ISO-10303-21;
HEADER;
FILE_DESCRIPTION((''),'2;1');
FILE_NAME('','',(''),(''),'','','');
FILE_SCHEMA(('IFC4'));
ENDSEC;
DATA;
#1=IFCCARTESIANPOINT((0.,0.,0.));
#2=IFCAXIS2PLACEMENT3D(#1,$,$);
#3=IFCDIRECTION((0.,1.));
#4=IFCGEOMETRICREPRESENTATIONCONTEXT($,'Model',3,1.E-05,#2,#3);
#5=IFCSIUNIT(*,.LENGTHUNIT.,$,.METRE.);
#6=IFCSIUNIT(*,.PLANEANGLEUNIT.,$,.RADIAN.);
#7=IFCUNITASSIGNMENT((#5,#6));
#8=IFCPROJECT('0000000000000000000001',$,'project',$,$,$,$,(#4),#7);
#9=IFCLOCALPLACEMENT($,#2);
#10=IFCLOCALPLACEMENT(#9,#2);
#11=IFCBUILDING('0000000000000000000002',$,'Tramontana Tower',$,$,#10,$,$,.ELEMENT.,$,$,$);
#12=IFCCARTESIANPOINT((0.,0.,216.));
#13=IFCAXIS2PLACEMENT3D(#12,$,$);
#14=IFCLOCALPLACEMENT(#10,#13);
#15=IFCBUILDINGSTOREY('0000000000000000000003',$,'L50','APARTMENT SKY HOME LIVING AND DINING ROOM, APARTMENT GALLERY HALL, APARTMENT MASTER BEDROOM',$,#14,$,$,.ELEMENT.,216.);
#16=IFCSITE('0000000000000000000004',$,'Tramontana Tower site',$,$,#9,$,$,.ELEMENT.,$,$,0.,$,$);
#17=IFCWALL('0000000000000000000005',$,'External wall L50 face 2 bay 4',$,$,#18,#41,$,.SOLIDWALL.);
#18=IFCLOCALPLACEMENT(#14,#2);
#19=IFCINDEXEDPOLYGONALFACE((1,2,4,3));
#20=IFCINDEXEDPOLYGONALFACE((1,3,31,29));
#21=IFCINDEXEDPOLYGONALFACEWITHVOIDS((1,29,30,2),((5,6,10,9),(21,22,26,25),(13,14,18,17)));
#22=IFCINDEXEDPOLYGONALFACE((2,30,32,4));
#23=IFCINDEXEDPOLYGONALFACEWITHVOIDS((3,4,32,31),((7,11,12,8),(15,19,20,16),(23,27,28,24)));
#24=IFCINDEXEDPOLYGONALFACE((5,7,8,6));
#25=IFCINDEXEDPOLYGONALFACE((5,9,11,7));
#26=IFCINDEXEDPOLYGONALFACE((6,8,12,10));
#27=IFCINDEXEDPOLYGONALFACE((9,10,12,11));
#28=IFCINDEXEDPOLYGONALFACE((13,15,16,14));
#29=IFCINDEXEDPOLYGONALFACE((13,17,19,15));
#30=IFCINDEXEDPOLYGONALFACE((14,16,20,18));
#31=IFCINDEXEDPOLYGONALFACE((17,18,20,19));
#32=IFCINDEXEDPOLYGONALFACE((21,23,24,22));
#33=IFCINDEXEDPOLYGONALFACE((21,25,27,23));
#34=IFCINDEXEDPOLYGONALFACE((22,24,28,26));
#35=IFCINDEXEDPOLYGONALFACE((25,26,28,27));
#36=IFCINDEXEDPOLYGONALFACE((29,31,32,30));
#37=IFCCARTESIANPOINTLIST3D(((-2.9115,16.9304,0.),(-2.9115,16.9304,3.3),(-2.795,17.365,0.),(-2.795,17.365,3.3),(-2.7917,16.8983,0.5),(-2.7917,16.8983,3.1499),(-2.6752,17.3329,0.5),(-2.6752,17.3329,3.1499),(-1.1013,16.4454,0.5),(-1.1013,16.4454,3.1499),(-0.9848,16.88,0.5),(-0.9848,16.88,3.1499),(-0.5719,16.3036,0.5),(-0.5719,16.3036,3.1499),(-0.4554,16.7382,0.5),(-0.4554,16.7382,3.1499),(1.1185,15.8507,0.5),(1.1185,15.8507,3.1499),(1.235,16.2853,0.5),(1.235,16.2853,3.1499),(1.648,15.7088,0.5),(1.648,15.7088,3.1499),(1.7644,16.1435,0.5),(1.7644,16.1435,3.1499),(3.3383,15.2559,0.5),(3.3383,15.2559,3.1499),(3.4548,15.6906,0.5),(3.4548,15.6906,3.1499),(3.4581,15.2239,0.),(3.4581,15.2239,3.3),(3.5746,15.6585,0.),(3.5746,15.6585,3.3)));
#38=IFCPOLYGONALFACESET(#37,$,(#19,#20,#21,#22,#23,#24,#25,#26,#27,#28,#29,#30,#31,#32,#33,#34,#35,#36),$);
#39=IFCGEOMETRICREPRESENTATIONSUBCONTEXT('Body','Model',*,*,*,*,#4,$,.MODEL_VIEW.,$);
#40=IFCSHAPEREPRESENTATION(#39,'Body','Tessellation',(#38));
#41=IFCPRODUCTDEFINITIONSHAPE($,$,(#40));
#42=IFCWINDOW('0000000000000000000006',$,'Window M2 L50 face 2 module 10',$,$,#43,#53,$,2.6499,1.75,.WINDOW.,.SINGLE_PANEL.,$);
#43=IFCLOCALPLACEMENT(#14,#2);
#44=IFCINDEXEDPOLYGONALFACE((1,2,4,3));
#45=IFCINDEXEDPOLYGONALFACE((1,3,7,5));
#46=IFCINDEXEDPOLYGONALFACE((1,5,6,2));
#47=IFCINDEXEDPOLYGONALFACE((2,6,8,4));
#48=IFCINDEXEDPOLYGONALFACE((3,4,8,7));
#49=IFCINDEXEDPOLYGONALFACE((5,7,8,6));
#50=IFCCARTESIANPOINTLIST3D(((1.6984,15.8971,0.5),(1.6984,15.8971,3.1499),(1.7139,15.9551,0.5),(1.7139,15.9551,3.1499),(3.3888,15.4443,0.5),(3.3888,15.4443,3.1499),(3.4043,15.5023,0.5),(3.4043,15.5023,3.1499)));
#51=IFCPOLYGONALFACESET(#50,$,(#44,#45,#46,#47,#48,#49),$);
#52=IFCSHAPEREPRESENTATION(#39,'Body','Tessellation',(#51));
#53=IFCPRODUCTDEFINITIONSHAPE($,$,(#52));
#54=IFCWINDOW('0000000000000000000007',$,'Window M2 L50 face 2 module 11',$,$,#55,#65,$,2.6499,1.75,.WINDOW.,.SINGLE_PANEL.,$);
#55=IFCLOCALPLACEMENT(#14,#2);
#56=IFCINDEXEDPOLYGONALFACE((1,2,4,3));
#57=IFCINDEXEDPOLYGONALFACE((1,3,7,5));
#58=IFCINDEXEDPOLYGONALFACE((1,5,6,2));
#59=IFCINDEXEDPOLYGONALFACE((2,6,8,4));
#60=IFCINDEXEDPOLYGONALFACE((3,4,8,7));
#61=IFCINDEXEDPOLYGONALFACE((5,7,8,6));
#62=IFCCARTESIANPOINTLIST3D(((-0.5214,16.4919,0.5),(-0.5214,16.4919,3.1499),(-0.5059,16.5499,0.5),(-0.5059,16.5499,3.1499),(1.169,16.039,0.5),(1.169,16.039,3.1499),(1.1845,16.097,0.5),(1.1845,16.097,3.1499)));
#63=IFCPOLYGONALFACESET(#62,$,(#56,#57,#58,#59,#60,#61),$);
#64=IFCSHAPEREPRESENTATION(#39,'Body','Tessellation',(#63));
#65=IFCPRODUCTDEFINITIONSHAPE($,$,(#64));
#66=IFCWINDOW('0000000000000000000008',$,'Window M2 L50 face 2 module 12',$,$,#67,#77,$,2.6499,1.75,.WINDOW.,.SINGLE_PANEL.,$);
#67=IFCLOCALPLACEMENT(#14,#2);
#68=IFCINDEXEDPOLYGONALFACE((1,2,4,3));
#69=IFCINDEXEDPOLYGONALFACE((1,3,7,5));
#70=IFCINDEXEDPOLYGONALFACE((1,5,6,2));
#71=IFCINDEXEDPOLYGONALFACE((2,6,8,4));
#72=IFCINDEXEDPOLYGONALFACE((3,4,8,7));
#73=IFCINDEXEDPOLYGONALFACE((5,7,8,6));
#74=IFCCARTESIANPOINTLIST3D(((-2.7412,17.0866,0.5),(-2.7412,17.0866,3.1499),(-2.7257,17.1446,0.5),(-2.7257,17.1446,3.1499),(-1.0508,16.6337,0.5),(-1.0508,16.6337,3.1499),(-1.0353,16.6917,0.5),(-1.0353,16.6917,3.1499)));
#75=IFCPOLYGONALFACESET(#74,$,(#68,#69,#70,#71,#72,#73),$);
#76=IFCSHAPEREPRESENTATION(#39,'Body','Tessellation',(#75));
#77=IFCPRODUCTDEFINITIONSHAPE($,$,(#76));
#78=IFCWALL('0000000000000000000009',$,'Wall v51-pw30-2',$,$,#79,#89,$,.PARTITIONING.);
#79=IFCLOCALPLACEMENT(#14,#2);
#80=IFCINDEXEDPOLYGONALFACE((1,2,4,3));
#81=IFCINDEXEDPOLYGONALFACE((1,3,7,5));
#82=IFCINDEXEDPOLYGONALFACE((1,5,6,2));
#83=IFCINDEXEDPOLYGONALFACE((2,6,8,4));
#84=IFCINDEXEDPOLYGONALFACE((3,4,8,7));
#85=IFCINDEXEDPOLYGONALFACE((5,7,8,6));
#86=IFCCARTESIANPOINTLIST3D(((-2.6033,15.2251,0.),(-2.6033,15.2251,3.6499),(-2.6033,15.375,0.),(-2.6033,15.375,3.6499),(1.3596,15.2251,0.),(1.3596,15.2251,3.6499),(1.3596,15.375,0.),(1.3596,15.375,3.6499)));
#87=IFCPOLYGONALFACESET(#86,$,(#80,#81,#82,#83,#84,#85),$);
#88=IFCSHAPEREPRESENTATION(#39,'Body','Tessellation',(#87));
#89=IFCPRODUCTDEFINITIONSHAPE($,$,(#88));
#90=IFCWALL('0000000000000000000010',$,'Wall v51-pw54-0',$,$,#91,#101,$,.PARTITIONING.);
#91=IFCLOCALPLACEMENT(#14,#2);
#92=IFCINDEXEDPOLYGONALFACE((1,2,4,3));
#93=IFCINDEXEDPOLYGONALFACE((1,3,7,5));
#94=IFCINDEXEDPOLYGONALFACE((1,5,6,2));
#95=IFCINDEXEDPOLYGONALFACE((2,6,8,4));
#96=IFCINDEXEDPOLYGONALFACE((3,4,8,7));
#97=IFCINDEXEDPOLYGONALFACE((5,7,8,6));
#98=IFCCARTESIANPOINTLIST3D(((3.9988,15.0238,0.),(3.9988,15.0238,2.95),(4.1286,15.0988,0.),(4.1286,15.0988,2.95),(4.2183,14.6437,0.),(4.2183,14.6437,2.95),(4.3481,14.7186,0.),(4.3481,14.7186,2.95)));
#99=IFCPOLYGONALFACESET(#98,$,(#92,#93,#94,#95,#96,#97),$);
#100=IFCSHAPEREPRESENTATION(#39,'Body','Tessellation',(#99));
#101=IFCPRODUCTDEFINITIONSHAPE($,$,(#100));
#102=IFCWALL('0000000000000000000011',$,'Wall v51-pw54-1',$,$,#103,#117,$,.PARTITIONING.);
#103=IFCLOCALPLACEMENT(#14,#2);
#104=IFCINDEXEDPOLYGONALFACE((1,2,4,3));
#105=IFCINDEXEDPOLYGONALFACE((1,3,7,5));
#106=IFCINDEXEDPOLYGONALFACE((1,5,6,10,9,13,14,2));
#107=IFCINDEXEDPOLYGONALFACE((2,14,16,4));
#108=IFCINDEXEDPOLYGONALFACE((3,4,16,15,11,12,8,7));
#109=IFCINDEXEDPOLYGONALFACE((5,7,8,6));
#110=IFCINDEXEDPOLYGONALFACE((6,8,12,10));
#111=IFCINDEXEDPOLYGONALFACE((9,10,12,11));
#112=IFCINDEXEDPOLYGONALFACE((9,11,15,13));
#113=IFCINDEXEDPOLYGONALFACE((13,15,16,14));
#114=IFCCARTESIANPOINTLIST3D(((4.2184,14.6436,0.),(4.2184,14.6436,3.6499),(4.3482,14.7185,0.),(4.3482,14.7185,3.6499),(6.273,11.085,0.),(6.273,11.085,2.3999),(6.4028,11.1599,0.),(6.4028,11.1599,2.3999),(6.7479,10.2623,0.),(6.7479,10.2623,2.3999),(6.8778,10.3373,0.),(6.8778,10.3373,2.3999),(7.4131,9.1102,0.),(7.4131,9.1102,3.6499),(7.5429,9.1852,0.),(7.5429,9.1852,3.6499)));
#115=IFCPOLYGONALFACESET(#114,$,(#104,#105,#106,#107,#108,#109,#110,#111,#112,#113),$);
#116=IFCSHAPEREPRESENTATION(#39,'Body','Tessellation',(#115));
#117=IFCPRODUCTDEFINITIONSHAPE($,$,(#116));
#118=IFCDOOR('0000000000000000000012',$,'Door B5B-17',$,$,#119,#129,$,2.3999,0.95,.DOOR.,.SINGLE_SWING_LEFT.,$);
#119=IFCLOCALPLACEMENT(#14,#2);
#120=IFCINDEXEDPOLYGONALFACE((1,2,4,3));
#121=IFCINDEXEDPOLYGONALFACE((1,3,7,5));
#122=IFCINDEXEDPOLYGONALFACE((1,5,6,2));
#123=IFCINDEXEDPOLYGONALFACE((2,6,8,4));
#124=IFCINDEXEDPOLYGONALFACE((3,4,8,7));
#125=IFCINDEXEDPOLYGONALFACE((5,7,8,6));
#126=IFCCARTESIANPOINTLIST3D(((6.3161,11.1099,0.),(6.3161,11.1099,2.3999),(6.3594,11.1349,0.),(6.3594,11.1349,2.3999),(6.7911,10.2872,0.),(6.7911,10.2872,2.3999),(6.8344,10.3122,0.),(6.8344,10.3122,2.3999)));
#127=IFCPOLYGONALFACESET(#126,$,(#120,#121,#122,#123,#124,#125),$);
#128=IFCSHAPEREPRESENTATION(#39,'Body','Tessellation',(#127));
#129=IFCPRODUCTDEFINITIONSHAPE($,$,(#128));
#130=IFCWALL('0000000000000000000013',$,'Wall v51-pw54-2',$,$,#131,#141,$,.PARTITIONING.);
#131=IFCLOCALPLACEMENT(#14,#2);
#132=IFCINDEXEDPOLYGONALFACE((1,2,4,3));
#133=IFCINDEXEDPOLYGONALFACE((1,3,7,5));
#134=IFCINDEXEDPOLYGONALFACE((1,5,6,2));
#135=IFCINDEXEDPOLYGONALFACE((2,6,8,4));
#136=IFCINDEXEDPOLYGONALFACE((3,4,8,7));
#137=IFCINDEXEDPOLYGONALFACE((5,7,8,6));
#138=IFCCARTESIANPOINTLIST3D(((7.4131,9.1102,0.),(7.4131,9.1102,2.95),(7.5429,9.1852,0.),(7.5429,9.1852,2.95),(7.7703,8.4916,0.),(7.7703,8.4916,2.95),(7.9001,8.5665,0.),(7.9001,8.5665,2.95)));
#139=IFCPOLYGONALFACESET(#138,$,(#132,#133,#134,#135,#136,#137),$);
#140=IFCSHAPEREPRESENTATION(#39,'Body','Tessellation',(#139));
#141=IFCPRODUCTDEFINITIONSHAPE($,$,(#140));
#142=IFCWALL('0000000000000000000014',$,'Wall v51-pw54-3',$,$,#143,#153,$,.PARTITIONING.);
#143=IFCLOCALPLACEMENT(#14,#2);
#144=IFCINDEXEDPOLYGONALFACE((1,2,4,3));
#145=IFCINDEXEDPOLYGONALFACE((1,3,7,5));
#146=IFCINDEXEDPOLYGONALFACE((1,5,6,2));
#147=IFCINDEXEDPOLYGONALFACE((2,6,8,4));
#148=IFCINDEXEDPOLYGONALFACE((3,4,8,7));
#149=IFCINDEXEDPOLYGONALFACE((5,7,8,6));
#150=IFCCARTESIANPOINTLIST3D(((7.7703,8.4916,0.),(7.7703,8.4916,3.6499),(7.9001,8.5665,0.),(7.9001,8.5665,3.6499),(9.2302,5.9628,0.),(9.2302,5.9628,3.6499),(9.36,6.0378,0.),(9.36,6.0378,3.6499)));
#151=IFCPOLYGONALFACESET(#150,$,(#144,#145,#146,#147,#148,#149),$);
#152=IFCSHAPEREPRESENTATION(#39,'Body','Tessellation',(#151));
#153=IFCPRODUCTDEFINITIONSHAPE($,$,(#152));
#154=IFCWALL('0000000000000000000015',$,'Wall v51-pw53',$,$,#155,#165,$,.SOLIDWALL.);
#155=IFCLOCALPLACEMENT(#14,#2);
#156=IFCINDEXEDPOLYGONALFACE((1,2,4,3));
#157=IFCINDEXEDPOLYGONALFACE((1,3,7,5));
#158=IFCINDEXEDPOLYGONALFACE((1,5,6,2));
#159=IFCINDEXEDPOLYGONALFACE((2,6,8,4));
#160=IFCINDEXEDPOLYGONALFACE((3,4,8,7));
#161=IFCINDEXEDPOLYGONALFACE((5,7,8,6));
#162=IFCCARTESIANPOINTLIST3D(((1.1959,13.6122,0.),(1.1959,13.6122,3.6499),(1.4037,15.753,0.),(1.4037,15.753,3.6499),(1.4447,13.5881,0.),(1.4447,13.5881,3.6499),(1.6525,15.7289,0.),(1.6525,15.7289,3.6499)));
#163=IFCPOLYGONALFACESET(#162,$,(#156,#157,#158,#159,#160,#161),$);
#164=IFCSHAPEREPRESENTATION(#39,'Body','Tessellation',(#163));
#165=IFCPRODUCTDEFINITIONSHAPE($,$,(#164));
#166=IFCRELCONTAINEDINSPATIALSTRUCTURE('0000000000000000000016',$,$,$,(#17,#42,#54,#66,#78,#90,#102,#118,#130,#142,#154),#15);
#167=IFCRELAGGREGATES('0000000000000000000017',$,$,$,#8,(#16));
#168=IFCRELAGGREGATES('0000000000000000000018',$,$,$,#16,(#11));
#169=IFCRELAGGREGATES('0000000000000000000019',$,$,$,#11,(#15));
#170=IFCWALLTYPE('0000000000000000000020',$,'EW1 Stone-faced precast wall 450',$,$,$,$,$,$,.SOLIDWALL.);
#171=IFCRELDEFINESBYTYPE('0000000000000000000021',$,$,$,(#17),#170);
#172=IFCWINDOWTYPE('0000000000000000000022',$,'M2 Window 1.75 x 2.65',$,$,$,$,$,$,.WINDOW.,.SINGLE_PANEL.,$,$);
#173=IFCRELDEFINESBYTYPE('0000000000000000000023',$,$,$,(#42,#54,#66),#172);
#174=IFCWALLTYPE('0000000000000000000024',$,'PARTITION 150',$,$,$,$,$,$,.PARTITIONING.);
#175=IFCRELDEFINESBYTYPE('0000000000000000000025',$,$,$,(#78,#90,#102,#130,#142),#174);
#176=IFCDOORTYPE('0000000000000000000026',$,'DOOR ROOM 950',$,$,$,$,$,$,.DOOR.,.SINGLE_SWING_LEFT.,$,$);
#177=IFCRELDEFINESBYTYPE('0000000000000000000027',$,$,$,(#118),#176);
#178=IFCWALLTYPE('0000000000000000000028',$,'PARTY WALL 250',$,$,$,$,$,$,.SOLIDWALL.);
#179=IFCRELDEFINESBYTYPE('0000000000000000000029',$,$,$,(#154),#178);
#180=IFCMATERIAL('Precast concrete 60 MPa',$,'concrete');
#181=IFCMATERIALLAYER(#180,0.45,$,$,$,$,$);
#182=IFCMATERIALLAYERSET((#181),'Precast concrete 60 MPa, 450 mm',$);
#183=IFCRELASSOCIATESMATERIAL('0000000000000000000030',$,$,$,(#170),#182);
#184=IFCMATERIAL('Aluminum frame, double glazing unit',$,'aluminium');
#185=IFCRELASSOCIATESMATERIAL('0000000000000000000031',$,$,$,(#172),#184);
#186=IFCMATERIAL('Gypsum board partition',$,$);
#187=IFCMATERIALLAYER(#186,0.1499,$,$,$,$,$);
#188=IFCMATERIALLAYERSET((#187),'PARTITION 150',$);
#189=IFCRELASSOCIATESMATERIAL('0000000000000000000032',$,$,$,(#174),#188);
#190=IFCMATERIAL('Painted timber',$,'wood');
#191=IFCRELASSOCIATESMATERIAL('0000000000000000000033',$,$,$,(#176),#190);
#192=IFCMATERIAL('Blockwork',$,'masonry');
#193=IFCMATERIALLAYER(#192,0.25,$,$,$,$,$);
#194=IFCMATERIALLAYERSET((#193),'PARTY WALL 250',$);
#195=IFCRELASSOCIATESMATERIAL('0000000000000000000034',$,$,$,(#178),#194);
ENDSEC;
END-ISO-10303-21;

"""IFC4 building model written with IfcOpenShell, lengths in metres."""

from ifc_helpers import new_model, si_unit, direction, frame, frame_2d, origin, place, context, subcontext, project, spatial, rectangle, extrude, material, layer, layer_set, type_object, element, fill, save


model = new_model("IFC4")

# Units and contexts
model_context = context("Model", 3, precision=1e-05, world=origin(), true_north=direction((0.0, 1.0)))
body_context = subcontext(model_context, "Body", "Model", "MODEL_VIEW")
ifc_project = project(units=[si_unit("LENGTHUNIT", "METRE"), si_unit("PLANEANGLEUNIT", "RADIAN")], contexts=[model_context])

# Site, building, storey
site_placement = place(None, origin())
site = spatial("IfcSite", under=ifc_project, at=site_placement, Name="Tramontana Tower site", CompositionType="ELEMENT", RefElevation=0.0)
building_placement = place(site_placement, origin())
building = spatial("IfcBuilding", under=site, at=building_placement, Name="Tramontana Tower", CompositionType="ELEMENT")
storey_placement = place(building_placement, frame((0.0, 0.0, 216.0)))
storey = spatial("IfcBuildingStorey", under=building, at=storey_placement, Name="L50", Description="APARTMENT SKY HOME LIVING AND DINING ROOM, APARTMENT GALLERY HALL, APARTMENT MASTER BEDROOM", CompositionType="ELEMENT", Elevation=216.0)

# Wall, openings, windows
ifc_material_1 = material(Name="Precast concrete 60 MPa", Category="concrete")
ifc_layer_1 = layer(ifc_material_1, 0.45)
ifc_layer_set_1 = layer_set([ifc_layer_1], Name="Precast concrete 60 MPa, 450 mm")
wall_type_1 = type_object("IfcWallType", Name="EW1 Stone-faced precast wall 450", PredefinedType="SOLIDWALL", material=ifc_layer_set_1)
wall_1_placement = place(storey_placement, frame((3.5164, 15.4412, 0.0), z_axis=(0.0, 0.0, 1.0), x_axis=(-0.965933, 0.258792, 0.0)))
wall_1 = element("IfcWall", 1, at=wall_1_placement, inside=storey, type_object=wall_type_1, Name="External wall L50 face 2 bay 4", PredefinedType="SOLIDWALL", context=body_context, shape_type="SweptSolid", body=[
    extrude(rectangle(XDim=6.5942, YDim=0.45, at=frame_2d((3.2971, 0.0))), origin(), (0.0, 0.0, 1.0), 3.3),
])
opening_1_placement = place(wall_1_placement, frame((0.124, 0.0, 0.5)))
opening_1 = element("IfcOpeningElement", 2, at=opening_1_placement, cuts=wall_1, PredefinedType="OPENING", context=body_context, shape_type="SweptSolid", body=[
    extrude(rectangle(XDim=1.75, YDim=2.6499, at=frame_2d((0.875, 1.325))), frame((0.0, 0.2349, 0.0), z_axis=(0.0, -1.0, 0.0), x_axis=(1.0, 0.0, 0.0)), (0.0, 0.0, 1.0), 0.47),
])
opening_2_placement = place(wall_1_placement, frame((2.4221, 0.0, 0.5)))
opening_2 = element("IfcOpeningElement", 3, at=opening_2_placement, cuts=wall_1, PredefinedType="OPENING", context=body_context, shape_type="SweptSolid", body=[
    extrude(rectangle(XDim=1.75, YDim=2.6499, at=frame_2d((0.875, 1.325))), frame((0.0, 0.2349, 0.0), z_axis=(0.0, -1.0, 0.0), x_axis=(1.0, 0.0, 0.0)), (0.0, 0.0, 1.0), 0.47),
])
opening_3_placement = place(wall_1_placement, frame((4.7202, 0.0, 0.5)))
opening_3 = element("IfcOpeningElement", 4, at=opening_3_placement, cuts=wall_1, PredefinedType="OPENING", context=body_context, shape_type="SweptSolid", body=[
    extrude(rectangle(XDim=1.75, YDim=2.6499, at=frame_2d((0.875, 1.325))), frame((0.0, 0.2349, 0.0), z_axis=(0.0, -1.0, 0.0), x_axis=(1.0, 0.0, 0.0)), (0.0, 0.0, 1.0), 0.47),
])
ifc_material_2 = material(Name="Aluminum frame, double glazing unit", Category="aluminium")
window_type = type_object("IfcWindowType", Name="M2 Window 1.75 x 2.65", PartitioningType="SINGLE_PANEL", PredefinedType="WINDOW", material=ifc_material_2)
window_1_placement = place(opening_1_placement, origin())
window_1 = element("IfcWindow", 5, at=window_1_placement, inside=storey, type_object=window_type, Name="Window M2 L50 face 2 module 10", OverallHeight=2.6499, OverallWidth=1.75, PartitioningType="SINGLE_PANEL", PredefinedType="WINDOW", context=body_context, shape_type="SweptSolid", body=[
    extrude(rectangle(XDim=1.75, YDim=2.6499, at=frame_2d((0.875, 1.325))), frame((0.0, 0.03, 0.0), z_axis=(0.0, -1.0, 0.0), x_axis=(1.0, 0.0, 0.0)), (0.0, 0.0, 1.0), 0.0601),
])
fill(opening_1, window_1)
window_2_placement = place(opening_2_placement, origin())
window_2 = element("IfcWindow", 6, at=window_2_placement, inside=storey, type_object=window_type, Name="Window M2 L50 face 2 module 11", OverallHeight=2.6499, OverallWidth=1.75, PartitioningType="SINGLE_PANEL", PredefinedType="WINDOW", context=body_context, shape_type="SweptSolid", body=[
    extrude(rectangle(XDim=1.75, YDim=2.6499, at=frame_2d((0.875, 1.325))), frame((0.0, 0.03, 0.0), z_axis=(0.0, -1.0, 0.0), x_axis=(1.0, 0.0, 0.0)), (0.0, 0.0, 1.0), 0.0601),
])
fill(opening_2, window_2)
window_3_placement = place(opening_3_placement, origin())
window_3 = element("IfcWindow", 7, at=window_3_placement, inside=storey, type_object=window_type, Name="Window M2 L50 face 2 module 12", OverallHeight=2.6499, OverallWidth=1.75, PartitioningType="SINGLE_PANEL", PredefinedType="WINDOW", context=body_context, shape_type="SweptSolid", body=[
    extrude(rectangle(XDim=1.75, YDim=2.6499, at=frame_2d((0.875, 1.325))), frame((0.0, 0.03, 0.0), z_axis=(0.0, -1.0, 0.0), x_axis=(1.0, 0.0, 0.0)), (0.0, 0.0, 1.0), 0.0601),
])
fill(opening_3, window_3)

# Walls
ifc_material_3 = material(Name="Gypsum board partition")
ifc_layer_2 = layer(ifc_material_3, 0.1499)
ifc_layer_set_2 = layer_set([ifc_layer_2], Name="PARTITION 150")
wall_type_2 = type_object("IfcWallType", Name="PARTITION 150", PredefinedType="PARTITIONING", material=ifc_layer_set_2)
wall_2_placement = place(storey_placement, frame((-2.6033, 15.3, 0.0), z_axis=(0.0, 0.0, 1.0), x_axis=(1.0, 0.0, 0.0)))
element("IfcWall", 8, at=wall_2_placement, inside=storey, type_object=wall_type_2, Name="Wall v51-pw30-2", PredefinedType="PARTITIONING", context=body_context, shape_type="SweptSolid", body=[
    extrude(rectangle(XDim=3.9629, YDim=0.1499, at=frame_2d((1.9814, 0.0))), origin(), (0.0, 0.0, 1.0), 3.6499),
])
wall_3_placement = place(storey_placement, frame((4.0637, 15.0613, 0.0), z_axis=(0.0, 0.0, 1.0), x_axis=(0.500027, -0.86601, 0.0)))
element("IfcWall", 9, at=wall_3_placement, inside=storey, type_object=wall_type_2, Name="Wall v51-pw54-0", PredefinedType="PARTITIONING", context=body_context, shape_type="SweptSolid", body=[
    extrude(rectangle(XDim=0.439, YDim=0.1499, at=frame_2d((0.2195, 0.0))), origin(), (0.0, 0.0, 1.0), 2.95),
])

# Wall, opening, door
wall_4_placement = place(storey_placement, frame((4.2832, 14.6812, 0.0), z_axis=(0.0, 0.0, 1.0), x_axis=(0.50001, -0.86602, 0.0)))
wall_4 = element("IfcWall", 10, at=wall_4_placement, inside=storey, type_object=wall_type_2, Name="Wall v51-pw54-1", PredefinedType="PARTITIONING", context=body_context, shape_type="SweptSolid", body=[
    extrude(rectangle(XDim=6.3894, YDim=0.1499, at=frame_2d((3.1948, 0.0))), origin(), (0.0, 0.0, 1.0), 3.6499),
])
opening_4_placement = place(wall_4_placement, frame((4.1091, 0.0, 0.0)))
opening_4 = element("IfcOpeningElement", 11, at=opening_4_placement, cuts=wall_4, PredefinedType="OPENING", context=body_context, shape_type="SweptSolid", body=[
    extrude(rectangle(XDim=0.95, YDim=2.3999, at=frame_2d((0.4751, 1.2))), frame((0.0, 0.085, 0.0), z_axis=(0.0, -1.0, 0.0), x_axis=(1.0, 0.0, 0.0)), (0.0, 0.0, 1.0), 0.1699),
])
ifc_material_4 = material(Name="Painted timber", Category="wood")
door_type_1 = type_object("IfcDoorType", Name="DOOR ROOM 950", OperationType="SINGLE_SWING_LEFT", PredefinedType="DOOR", material=ifc_material_4)
door_1_placement = place(opening_4_placement, origin())
door_1 = element("IfcDoor", 12, at=door_1_placement, inside=storey, type_object=door_type_1, Name="Door B5B-17", OperationType="SINGLE_SWING_LEFT", OverallHeight=2.3999, OverallWidth=0.95, PredefinedType="DOOR", context=body_context, shape_type="SweptSolid", body=[
    extrude(rectangle(XDim=0.95, YDim=2.3999, at=frame_2d((0.4751, 1.2))), frame((0.0, 0.0249, 0.0), z_axis=(0.0, -1.0, 0.0), x_axis=(1.0, 0.0, 0.0)), (0.0, 0.0, 1.0), 0.05),
])
fill(opening_4, door_1)

# Walls
wall_5_placement = place(storey_placement, frame((7.478, 9.1477, 0.0), z_axis=(0.0, 0.0, 1.0), x_axis=(0.499999, -0.866026, 0.0)))
element("IfcWall", 13, at=wall_5_placement, inside=storey, type_object=wall_type_2, Name="Wall v51-pw54-2", PredefinedType="PARTITIONING", context=body_context, shape_type="SweptSolid", body=[
    extrude(rectangle(XDim=0.7144, YDim=0.1499, at=frame_2d((0.3572, 0.0))), origin(), (0.0, 0.0, 1.0), 2.95),
])
wall_6_placement = place(storey_placement, frame((7.8352, 8.5291, 0.0), z_axis=(0.0, 0.0, 1.0), x_axis=(0.499988, -0.866032, 0.0)))
element("IfcWall", 14, at=wall_6_placement, inside=storey, type_object=wall_type_2, Name="Wall v51-pw54-3", PredefinedType="PARTITIONING", context=body_context, shape_type="SweptSolid", body=[
    extrude(rectangle(XDim=2.9199, YDim=0.1499, at=frame_2d((1.46, 0.0))), origin(), (0.0, 0.0, 1.0), 3.6499),
])
ifc_material_5 = material(Name="Blockwork", Category="masonry")
ifc_layer_3 = layer(ifc_material_5, 0.25)
ifc_layer_set_3 = layer_set([ifc_layer_3], Name="PARTY WALL 250")
wall_type_3 = type_object("IfcWallType", Name="PARTY WALL 250", PredefinedType="SOLIDWALL", material=ifc_layer_set_3)
wall_7_placement = place(storey_placement, frame((1.5281, 15.741, 0.0), z_axis=(0.0, 0.0, 1.0), x_axis=(-0.096593, -0.995324, 0.0)))
element("IfcWall", 15, at=wall_7_placement, inside=storey, type_object=wall_type_3, Name="Wall v51-pw53", PredefinedType="SOLIDWALL", context=body_context, shape_type="SweptSolid", body=[
    extrude(rectangle(XDim=2.1509, YDim=0.25, at=frame_2d((1.0754, 0.0))), origin(), (0.0, 0.0, 1.0), 3.6499),
])

save(model, "model.ifc")
